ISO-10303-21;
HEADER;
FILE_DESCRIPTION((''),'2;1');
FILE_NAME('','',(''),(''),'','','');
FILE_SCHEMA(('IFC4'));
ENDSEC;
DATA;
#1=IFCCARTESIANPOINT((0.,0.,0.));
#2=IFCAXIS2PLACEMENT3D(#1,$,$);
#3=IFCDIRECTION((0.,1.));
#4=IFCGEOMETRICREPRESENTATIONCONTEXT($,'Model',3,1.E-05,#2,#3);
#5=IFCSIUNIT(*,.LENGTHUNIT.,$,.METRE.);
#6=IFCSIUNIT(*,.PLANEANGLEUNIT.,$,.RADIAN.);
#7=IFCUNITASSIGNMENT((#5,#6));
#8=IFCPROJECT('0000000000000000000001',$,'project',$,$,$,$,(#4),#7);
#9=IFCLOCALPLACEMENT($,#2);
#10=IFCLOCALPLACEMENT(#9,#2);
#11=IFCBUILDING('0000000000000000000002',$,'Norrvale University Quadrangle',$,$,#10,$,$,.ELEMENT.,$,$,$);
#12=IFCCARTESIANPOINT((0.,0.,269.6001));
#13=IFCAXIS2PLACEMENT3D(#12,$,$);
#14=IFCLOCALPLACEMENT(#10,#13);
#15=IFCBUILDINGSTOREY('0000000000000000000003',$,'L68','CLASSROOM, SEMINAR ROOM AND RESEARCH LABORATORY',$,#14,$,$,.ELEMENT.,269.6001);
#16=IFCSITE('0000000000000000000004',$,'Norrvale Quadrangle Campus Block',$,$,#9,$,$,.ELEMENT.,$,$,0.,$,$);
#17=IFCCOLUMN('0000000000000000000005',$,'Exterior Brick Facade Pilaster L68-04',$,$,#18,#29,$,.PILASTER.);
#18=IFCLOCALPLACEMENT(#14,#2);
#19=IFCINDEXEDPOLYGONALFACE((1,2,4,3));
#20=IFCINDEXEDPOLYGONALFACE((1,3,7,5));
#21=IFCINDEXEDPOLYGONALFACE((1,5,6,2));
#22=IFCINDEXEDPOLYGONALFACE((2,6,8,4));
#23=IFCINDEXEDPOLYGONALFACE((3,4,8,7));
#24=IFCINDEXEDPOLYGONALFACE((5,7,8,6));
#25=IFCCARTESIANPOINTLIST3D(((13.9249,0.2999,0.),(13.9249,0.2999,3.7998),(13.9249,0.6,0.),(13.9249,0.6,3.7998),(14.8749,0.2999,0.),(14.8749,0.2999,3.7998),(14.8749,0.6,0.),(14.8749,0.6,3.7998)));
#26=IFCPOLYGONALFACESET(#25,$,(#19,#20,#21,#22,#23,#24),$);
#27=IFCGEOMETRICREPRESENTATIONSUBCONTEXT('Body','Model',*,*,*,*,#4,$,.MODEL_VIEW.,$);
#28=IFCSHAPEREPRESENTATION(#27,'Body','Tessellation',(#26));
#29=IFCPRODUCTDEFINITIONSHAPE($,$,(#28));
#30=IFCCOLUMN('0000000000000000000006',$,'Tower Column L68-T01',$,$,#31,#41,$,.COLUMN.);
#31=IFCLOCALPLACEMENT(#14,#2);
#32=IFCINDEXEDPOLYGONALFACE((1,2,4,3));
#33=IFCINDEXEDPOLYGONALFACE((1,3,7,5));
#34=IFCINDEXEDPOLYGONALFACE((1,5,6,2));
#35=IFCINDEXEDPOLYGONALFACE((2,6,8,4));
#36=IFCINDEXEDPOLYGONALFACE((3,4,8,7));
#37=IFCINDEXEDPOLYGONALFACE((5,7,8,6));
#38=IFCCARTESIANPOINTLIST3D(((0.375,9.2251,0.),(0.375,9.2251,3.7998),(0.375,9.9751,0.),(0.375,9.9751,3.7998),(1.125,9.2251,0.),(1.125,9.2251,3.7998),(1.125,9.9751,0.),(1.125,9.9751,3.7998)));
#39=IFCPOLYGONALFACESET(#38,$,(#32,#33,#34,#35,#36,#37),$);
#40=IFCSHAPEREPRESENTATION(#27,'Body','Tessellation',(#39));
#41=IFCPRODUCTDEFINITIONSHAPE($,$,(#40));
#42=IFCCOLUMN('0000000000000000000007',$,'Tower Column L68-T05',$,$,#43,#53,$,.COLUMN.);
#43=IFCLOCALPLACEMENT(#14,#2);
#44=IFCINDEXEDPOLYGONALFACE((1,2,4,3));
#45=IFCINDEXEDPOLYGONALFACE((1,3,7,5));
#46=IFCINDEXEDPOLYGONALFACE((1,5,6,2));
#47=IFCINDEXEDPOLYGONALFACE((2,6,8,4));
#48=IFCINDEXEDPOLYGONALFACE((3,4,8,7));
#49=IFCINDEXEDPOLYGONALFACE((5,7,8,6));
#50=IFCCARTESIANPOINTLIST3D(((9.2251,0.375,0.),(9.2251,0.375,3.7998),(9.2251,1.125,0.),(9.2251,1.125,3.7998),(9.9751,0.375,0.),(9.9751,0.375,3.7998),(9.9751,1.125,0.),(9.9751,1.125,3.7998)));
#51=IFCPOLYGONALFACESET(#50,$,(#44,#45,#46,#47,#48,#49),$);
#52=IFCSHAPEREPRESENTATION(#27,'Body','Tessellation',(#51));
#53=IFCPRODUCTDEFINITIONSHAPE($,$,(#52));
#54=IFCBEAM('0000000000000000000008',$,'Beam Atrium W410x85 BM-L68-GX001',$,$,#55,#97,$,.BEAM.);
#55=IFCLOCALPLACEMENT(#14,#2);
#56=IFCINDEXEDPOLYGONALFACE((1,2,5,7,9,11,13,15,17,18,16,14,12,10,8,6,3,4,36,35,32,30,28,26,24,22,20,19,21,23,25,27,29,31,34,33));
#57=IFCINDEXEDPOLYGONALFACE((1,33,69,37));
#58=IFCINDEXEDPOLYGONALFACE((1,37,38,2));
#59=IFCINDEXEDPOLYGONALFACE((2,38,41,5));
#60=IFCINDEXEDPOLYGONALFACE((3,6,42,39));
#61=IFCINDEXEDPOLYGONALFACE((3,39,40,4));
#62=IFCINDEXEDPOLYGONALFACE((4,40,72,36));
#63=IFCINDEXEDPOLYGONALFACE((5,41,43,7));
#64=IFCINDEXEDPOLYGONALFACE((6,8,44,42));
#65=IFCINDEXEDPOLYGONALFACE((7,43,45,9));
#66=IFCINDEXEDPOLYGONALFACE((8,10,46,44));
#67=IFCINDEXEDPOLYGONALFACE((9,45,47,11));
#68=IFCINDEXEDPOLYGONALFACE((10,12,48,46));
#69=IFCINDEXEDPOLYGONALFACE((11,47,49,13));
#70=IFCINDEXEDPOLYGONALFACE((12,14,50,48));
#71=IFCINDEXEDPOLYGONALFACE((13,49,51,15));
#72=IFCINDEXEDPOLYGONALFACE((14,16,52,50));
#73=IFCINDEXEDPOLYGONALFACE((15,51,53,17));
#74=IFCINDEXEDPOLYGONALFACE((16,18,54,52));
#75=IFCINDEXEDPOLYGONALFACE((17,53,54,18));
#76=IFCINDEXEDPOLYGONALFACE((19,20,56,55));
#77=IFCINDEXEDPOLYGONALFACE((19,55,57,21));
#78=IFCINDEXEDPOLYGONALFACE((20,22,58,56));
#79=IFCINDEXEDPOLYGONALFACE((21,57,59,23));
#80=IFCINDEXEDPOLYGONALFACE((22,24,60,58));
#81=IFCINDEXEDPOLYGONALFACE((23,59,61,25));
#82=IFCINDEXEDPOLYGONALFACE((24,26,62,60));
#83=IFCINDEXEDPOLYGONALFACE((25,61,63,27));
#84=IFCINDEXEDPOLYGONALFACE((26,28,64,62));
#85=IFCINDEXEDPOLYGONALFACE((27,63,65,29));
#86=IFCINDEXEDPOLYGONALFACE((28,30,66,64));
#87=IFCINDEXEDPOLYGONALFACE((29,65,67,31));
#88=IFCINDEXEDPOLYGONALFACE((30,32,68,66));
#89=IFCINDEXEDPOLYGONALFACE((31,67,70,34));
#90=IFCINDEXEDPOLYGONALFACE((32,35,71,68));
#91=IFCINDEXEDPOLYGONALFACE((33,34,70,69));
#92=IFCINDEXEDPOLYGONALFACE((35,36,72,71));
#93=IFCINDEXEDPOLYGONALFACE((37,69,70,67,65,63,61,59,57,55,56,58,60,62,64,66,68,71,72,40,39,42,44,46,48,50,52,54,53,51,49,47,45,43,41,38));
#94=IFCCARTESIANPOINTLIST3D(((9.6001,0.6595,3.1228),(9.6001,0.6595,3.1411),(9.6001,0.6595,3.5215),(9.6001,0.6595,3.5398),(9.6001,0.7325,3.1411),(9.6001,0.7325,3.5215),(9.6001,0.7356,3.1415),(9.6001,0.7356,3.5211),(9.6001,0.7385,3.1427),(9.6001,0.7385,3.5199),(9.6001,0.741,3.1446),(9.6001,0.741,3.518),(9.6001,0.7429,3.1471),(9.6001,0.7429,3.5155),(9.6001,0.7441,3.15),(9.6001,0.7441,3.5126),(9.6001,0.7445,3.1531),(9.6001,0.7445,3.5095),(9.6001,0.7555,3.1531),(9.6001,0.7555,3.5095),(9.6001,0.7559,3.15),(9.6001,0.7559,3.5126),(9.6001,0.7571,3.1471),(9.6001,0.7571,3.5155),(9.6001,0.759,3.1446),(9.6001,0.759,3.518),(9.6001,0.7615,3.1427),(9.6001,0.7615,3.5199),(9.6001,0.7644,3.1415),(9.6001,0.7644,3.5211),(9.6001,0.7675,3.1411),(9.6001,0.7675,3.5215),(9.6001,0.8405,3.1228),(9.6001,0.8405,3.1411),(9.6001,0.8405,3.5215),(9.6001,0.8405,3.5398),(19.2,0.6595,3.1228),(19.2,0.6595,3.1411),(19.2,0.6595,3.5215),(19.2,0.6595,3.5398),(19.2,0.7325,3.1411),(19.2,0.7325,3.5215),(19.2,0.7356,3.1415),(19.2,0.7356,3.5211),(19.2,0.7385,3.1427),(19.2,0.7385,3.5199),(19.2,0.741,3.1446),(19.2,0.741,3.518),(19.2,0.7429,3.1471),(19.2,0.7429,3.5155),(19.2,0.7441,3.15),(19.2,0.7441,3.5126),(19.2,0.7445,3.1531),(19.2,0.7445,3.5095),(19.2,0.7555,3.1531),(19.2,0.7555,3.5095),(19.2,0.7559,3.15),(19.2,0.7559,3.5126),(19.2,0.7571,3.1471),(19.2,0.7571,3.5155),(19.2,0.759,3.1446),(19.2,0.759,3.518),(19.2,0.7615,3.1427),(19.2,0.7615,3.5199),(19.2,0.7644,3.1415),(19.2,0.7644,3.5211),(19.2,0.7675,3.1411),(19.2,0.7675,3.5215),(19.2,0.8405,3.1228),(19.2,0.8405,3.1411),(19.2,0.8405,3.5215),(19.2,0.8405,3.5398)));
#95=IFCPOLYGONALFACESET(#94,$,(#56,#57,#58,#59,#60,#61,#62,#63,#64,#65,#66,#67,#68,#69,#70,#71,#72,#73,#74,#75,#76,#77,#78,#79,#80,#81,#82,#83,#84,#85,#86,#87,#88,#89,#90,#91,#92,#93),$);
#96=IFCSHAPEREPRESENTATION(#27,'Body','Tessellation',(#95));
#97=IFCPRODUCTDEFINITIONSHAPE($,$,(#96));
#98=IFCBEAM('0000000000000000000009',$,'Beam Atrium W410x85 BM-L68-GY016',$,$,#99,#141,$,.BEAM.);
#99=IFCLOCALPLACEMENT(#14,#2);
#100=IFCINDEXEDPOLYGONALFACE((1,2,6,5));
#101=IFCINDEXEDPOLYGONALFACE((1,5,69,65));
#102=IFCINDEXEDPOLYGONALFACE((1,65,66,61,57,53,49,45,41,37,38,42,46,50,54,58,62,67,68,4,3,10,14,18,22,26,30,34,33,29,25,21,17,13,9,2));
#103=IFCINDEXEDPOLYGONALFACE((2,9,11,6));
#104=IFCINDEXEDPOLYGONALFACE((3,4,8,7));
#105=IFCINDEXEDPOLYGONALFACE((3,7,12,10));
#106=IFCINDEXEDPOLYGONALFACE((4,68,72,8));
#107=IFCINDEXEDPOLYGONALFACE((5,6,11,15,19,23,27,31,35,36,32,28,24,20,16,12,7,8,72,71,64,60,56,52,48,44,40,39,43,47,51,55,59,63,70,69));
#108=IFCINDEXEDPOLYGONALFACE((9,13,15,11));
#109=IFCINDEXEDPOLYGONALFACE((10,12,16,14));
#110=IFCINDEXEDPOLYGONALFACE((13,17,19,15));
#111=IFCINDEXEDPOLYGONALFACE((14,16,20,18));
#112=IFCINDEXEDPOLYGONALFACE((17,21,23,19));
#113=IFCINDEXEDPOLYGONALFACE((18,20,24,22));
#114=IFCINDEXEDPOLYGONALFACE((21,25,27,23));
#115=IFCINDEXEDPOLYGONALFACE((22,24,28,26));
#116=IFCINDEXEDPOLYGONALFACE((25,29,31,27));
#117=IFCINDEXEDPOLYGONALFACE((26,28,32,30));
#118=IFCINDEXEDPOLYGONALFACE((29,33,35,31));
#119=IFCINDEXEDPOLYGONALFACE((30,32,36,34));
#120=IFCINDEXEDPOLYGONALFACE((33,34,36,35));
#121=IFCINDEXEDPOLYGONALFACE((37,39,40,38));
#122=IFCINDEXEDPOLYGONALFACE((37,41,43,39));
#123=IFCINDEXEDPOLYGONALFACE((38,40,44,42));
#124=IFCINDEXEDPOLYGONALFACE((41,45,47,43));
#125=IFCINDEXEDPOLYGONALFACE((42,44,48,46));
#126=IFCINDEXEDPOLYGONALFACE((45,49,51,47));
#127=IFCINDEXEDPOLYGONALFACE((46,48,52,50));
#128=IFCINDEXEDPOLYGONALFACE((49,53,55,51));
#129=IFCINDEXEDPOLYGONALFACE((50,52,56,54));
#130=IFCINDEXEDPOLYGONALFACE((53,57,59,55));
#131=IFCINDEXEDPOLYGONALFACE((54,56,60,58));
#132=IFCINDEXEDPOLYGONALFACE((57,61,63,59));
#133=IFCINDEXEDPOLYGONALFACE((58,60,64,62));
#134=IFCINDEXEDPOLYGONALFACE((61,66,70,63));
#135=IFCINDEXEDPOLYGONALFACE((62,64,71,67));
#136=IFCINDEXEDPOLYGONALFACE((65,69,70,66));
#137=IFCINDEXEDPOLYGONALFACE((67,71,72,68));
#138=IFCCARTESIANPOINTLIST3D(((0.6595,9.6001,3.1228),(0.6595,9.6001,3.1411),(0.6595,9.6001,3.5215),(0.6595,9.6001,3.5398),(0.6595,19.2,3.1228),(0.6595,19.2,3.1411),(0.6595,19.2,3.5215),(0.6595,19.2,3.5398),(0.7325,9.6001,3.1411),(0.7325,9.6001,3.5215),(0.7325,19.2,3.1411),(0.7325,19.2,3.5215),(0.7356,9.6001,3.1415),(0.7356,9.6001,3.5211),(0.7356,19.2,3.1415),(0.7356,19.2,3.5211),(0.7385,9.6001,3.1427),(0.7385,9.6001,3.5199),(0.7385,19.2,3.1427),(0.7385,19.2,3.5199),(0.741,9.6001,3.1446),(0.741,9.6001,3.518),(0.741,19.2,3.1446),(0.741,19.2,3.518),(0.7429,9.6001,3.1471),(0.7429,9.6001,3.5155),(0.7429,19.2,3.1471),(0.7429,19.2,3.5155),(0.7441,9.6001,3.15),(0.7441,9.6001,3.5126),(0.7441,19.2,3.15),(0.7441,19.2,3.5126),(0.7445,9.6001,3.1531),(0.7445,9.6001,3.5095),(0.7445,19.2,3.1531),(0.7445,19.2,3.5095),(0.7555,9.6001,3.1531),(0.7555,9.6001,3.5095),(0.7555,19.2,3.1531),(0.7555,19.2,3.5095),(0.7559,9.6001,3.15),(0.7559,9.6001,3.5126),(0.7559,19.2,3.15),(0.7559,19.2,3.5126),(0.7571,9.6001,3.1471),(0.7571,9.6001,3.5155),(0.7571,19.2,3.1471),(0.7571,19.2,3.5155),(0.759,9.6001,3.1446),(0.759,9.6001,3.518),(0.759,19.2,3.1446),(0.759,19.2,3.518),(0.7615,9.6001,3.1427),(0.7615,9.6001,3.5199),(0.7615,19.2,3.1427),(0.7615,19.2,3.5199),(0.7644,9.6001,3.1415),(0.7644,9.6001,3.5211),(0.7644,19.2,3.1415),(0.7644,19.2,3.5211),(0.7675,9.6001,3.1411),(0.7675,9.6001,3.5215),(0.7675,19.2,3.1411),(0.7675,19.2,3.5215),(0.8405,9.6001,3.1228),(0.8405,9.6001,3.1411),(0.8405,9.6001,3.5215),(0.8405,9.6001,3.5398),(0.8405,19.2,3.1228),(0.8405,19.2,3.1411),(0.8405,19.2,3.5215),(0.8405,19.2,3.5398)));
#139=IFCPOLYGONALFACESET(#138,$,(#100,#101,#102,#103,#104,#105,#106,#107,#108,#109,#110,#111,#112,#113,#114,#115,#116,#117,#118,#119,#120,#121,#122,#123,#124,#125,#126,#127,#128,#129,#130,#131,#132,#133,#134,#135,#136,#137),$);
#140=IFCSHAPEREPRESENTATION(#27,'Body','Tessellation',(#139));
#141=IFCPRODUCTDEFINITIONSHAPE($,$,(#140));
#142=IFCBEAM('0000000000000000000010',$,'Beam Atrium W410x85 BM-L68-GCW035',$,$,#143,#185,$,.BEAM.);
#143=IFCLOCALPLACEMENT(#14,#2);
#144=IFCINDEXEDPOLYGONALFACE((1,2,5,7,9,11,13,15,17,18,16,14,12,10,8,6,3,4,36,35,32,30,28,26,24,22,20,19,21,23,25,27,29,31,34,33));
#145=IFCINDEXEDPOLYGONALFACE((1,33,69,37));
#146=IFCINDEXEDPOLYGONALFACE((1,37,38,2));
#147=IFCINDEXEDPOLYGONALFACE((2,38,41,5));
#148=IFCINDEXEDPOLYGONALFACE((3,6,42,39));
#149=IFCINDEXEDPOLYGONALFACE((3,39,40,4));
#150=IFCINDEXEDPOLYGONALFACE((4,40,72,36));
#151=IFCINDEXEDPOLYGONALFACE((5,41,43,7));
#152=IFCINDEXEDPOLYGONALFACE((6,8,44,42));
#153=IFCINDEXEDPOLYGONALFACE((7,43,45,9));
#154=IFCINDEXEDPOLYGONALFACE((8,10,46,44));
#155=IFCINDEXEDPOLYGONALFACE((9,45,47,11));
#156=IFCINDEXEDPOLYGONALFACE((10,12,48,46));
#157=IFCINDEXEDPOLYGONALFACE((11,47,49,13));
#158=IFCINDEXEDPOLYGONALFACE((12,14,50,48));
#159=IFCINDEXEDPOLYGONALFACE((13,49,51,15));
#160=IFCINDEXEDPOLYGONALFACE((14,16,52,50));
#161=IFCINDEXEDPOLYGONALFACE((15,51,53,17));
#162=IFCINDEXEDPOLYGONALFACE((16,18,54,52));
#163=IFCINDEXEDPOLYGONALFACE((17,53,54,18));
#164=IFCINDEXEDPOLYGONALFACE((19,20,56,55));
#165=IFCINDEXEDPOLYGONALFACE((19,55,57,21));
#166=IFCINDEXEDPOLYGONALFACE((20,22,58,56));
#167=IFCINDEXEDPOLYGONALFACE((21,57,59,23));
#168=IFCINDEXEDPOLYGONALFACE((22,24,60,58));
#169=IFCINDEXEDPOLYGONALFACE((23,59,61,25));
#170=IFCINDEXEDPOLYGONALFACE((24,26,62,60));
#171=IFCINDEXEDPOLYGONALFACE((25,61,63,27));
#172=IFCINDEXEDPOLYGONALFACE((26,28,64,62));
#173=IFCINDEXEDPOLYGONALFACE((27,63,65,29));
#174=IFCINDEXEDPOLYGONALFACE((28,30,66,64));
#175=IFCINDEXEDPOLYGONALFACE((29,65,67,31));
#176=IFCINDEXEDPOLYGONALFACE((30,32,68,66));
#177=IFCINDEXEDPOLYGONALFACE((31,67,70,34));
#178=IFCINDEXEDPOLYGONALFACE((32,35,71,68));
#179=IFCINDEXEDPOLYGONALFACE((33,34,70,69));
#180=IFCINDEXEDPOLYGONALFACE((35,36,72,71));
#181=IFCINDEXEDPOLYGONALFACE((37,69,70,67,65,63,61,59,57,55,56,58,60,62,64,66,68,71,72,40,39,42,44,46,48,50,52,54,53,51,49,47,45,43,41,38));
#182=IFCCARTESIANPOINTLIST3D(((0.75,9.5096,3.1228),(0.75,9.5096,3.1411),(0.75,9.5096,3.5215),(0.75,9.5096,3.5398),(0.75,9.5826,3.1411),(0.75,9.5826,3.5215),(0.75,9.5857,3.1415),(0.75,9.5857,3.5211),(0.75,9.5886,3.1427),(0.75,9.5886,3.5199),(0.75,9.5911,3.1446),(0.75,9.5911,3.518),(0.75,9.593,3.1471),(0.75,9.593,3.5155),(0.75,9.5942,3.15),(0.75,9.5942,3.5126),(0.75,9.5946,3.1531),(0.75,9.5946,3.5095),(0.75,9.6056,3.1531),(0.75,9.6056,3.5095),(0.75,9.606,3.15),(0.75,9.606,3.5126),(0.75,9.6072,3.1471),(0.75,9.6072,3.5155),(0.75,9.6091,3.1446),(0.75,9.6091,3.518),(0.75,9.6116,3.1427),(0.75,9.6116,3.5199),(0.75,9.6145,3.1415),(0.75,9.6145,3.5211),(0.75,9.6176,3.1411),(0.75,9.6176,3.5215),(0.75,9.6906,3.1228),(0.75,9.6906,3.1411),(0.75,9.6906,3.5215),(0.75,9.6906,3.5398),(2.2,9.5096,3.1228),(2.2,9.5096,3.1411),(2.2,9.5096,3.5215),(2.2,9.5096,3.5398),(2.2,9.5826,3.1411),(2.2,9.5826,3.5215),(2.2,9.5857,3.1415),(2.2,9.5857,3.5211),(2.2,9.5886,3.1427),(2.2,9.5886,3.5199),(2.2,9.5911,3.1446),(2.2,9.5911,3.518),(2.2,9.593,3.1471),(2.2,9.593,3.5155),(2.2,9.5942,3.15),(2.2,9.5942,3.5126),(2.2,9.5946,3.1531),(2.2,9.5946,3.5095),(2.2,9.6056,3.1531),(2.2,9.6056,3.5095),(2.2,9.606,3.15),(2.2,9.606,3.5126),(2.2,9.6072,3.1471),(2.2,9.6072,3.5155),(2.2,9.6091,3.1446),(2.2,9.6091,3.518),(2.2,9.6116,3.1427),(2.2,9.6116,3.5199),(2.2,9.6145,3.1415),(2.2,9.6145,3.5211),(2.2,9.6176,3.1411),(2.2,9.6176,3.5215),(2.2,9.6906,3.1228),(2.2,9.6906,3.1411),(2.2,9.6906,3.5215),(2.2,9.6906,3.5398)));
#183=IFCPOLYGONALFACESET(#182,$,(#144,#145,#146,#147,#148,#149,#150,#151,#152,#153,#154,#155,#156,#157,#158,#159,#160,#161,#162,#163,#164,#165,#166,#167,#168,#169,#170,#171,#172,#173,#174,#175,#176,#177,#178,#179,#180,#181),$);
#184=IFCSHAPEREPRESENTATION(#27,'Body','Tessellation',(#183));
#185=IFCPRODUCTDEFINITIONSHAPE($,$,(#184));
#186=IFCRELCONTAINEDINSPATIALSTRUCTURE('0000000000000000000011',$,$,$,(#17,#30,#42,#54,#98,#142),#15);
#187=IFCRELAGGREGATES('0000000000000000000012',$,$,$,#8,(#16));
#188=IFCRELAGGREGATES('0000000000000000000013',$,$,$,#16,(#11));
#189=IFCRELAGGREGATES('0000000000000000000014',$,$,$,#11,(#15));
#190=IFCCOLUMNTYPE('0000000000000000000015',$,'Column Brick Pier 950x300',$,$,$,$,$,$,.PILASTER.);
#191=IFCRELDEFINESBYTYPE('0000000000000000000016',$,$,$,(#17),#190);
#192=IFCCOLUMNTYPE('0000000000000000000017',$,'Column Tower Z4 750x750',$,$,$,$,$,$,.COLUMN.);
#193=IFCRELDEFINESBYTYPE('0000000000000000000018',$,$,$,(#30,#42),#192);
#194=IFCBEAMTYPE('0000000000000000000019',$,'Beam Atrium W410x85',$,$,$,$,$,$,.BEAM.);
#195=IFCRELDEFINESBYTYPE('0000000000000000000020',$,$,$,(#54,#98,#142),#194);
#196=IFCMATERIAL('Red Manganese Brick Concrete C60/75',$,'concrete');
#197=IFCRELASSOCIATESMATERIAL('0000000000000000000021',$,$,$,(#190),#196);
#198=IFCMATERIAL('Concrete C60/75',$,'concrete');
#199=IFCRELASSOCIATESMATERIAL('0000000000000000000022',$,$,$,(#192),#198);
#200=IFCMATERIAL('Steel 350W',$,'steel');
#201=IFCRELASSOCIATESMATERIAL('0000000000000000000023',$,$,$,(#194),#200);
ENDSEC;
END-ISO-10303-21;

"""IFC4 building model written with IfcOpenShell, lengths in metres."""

from ifc_helpers import new_model, si_unit, direction, frame, origin, origin_2d, place, context, subcontext, project, spatial, rectangle, i_section, extrude, material, material_profile, profile_set, type_object, element, save


model = new_model("IFC4")

# Units and contexts
model_context = context("Model", 3, precision=1e-05, world=origin(), true_north=direction((0.0, 1.0)))
body_context = subcontext(model_context, "Body", "Model", "MODEL_VIEW")
ifc_project = project(units=[si_unit("LENGTHUNIT", "METRE"), si_unit("PLANEANGLEUNIT", "RADIAN")], contexts=[model_context])

# Site, building, storey
site_placement = place(None, origin())
site = spatial("IfcSite", under=ifc_project, at=site_placement, Name="Norrvale Quadrangle Campus Block", CompositionType="ELEMENT", RefElevation=0.0)
building_placement = place(site_placement, origin())
building = spatial("IfcBuilding", under=site, at=building_placement, Name="Norrvale University Quadrangle", CompositionType="ELEMENT")
storey_placement = place(building_placement, frame((0.0, 0.0, 269.6001)))
storey = spatial("IfcBuildingStorey", under=building, at=storey_placement, Name="L68", Description="CLASSROOM, SEMINAR ROOM AND RESEARCH LABORATORY", CompositionType="ELEMENT", Elevation=269.6001)

# Columns
ifc_material_1 = material(Name="Red Manganese Brick Concrete C60/75", Category="concrete")
ifc_material_profile_1 = material_profile(ifc_material_1, rectangle(XDim=0.95, YDim=0.3, at=origin_2d()), Name="Red Manganese Brick Concrete C60/75")
ifc_profile_set_1 = profile_set([ifc_material_profile_1], Name="Red Manganese Brick Concrete C60/75")
column_type_1 = type_object("IfcColumnType", Name="Column Brick Pier 950x300", PredefinedType="PILASTER", material=ifc_profile_set_1)
column_placement = place(storey_placement, frame((14.3999, 0.45, 0.0), z_axis=(0.0, 0.0, 1.0), x_axis=(1.0, 0.0, 0.0)))
element("IfcColumn", 1, at=column_placement, inside=storey, type_object=column_type_1, Name="Exterior Brick Facade Pilaster L68-04", PredefinedType="PILASTER", context=body_context, shape_type="SweptSolid", body=[
    extrude(rectangle(XDim=0.95, YDim=0.3, at=origin_2d()), origin(), (0.0, 0.0, 1.0), 3.7998),
])
ifc_material_2 = material(Name="Concrete C60/75", Category="concrete")
ifc_material_profile_2 = material_profile(ifc_material_2, rectangle(XDim=0.75, YDim=0.75, at=origin_2d()), Name="Concrete C60/75")
ifc_profile_set_2 = profile_set([ifc_material_profile_2], Name="Concrete C60/75")
column_type_2 = type_object("IfcColumnType", Name="Column Tower Z4 750x750", PredefinedType="COLUMN", material=ifc_profile_set_2)
for number, where, z_axis, x_axis, name in (
    (2, (0.75, 9.6001, 0.0), (0.0, 0.0, 1.0), (1.0, 0.0, 0.0), "Tower Column L68-T01"),
    (3, (9.6001, 0.75, 0.0), (0.0, 0.0, 1.0), (1.0, 0.0, 0.0), "Tower Column L68-T05"),
):
    element("IfcColumn", number, at=place(storey_placement, frame(where, z_axis=z_axis, x_axis=x_axis)), inside=storey, type_object=column_type_2, Name=name, PredefinedType="COLUMN", context=body_context, shape_type="SweptSolid", body=[
        extrude(rectangle(XDim=0.75, YDim=0.75, at=origin_2d()), origin(), (0.0, 0.0, 1.0), 3.7998),
    ])

# Beams
ifc_material_3 = material(Name="Steel 350W", Category="steel")
ifc_material_profile_3 = material_profile(ifc_material_3, i_section(OverallWidth=0.1809, OverallDepth=0.417, WebThickness=0.011, FlangeThickness=0.0183, FilletRadius=0.012, at=origin_2d()), Name="Steel 350W")
ifc_profile_set_3 = profile_set([ifc_material_profile_3], Name="Steel 350W")
beam_type_1 = type_object("IfcBeamType", Name="Beam Atrium W410x85", PredefinedType="BEAM", material=ifc_profile_set_3)
for number, where, z_axis, x_axis, name in (
    (4, (9.6001, 0.75, 3.3313), (1.0, 0.0, 0.0), (0.0, 1.0, 0.0), "Beam Atrium W410x85 BM-L68-GX001"),
    (5, (0.75, 9.6001, 3.3313), (0.0, 1.0, 0.0), (-1.0, 0.0, 0.0), "Beam Atrium W410x85 BM-L68-GY016"),
):
    element("IfcBeam", number, at=place(storey_placement, frame(where, z_axis=z_axis, x_axis=x_axis)), inside=storey, type_object=beam_type_1, Name=name, PredefinedType="BEAM", context=body_context, shape_type="SweptSolid", body=[
        extrude(i_section(OverallWidth=0.1809, OverallDepth=0.417, WebThickness=0.011, FlangeThickness=0.0183, FilletRadius=0.012, at=origin_2d()), origin(), (0.0, 0.0, 1.0), 9.5999),
    ])
beam_1_placement = place(storey_placement, frame((0.75, 9.6001, 3.3313), z_axis=(1.0, 0.0, 0.0), x_axis=(0.0, 1.0, 0.0)))
element("IfcBeam", 6, at=beam_1_placement, inside=storey, type_object=beam_type_1, Name="Beam Atrium W410x85 BM-L68-GCW035", PredefinedType="BEAM", context=body_context, shape_type="SweptSolid", body=[
    extrude(i_section(OverallWidth=0.1809, OverallDepth=0.417, WebThickness=0.011, FlangeThickness=0.0183, FilletRadius=0.012, at=origin_2d()), origin(), (0.0, 0.0, 1.0), 1.45),
])

save(model, "model.ifc")
